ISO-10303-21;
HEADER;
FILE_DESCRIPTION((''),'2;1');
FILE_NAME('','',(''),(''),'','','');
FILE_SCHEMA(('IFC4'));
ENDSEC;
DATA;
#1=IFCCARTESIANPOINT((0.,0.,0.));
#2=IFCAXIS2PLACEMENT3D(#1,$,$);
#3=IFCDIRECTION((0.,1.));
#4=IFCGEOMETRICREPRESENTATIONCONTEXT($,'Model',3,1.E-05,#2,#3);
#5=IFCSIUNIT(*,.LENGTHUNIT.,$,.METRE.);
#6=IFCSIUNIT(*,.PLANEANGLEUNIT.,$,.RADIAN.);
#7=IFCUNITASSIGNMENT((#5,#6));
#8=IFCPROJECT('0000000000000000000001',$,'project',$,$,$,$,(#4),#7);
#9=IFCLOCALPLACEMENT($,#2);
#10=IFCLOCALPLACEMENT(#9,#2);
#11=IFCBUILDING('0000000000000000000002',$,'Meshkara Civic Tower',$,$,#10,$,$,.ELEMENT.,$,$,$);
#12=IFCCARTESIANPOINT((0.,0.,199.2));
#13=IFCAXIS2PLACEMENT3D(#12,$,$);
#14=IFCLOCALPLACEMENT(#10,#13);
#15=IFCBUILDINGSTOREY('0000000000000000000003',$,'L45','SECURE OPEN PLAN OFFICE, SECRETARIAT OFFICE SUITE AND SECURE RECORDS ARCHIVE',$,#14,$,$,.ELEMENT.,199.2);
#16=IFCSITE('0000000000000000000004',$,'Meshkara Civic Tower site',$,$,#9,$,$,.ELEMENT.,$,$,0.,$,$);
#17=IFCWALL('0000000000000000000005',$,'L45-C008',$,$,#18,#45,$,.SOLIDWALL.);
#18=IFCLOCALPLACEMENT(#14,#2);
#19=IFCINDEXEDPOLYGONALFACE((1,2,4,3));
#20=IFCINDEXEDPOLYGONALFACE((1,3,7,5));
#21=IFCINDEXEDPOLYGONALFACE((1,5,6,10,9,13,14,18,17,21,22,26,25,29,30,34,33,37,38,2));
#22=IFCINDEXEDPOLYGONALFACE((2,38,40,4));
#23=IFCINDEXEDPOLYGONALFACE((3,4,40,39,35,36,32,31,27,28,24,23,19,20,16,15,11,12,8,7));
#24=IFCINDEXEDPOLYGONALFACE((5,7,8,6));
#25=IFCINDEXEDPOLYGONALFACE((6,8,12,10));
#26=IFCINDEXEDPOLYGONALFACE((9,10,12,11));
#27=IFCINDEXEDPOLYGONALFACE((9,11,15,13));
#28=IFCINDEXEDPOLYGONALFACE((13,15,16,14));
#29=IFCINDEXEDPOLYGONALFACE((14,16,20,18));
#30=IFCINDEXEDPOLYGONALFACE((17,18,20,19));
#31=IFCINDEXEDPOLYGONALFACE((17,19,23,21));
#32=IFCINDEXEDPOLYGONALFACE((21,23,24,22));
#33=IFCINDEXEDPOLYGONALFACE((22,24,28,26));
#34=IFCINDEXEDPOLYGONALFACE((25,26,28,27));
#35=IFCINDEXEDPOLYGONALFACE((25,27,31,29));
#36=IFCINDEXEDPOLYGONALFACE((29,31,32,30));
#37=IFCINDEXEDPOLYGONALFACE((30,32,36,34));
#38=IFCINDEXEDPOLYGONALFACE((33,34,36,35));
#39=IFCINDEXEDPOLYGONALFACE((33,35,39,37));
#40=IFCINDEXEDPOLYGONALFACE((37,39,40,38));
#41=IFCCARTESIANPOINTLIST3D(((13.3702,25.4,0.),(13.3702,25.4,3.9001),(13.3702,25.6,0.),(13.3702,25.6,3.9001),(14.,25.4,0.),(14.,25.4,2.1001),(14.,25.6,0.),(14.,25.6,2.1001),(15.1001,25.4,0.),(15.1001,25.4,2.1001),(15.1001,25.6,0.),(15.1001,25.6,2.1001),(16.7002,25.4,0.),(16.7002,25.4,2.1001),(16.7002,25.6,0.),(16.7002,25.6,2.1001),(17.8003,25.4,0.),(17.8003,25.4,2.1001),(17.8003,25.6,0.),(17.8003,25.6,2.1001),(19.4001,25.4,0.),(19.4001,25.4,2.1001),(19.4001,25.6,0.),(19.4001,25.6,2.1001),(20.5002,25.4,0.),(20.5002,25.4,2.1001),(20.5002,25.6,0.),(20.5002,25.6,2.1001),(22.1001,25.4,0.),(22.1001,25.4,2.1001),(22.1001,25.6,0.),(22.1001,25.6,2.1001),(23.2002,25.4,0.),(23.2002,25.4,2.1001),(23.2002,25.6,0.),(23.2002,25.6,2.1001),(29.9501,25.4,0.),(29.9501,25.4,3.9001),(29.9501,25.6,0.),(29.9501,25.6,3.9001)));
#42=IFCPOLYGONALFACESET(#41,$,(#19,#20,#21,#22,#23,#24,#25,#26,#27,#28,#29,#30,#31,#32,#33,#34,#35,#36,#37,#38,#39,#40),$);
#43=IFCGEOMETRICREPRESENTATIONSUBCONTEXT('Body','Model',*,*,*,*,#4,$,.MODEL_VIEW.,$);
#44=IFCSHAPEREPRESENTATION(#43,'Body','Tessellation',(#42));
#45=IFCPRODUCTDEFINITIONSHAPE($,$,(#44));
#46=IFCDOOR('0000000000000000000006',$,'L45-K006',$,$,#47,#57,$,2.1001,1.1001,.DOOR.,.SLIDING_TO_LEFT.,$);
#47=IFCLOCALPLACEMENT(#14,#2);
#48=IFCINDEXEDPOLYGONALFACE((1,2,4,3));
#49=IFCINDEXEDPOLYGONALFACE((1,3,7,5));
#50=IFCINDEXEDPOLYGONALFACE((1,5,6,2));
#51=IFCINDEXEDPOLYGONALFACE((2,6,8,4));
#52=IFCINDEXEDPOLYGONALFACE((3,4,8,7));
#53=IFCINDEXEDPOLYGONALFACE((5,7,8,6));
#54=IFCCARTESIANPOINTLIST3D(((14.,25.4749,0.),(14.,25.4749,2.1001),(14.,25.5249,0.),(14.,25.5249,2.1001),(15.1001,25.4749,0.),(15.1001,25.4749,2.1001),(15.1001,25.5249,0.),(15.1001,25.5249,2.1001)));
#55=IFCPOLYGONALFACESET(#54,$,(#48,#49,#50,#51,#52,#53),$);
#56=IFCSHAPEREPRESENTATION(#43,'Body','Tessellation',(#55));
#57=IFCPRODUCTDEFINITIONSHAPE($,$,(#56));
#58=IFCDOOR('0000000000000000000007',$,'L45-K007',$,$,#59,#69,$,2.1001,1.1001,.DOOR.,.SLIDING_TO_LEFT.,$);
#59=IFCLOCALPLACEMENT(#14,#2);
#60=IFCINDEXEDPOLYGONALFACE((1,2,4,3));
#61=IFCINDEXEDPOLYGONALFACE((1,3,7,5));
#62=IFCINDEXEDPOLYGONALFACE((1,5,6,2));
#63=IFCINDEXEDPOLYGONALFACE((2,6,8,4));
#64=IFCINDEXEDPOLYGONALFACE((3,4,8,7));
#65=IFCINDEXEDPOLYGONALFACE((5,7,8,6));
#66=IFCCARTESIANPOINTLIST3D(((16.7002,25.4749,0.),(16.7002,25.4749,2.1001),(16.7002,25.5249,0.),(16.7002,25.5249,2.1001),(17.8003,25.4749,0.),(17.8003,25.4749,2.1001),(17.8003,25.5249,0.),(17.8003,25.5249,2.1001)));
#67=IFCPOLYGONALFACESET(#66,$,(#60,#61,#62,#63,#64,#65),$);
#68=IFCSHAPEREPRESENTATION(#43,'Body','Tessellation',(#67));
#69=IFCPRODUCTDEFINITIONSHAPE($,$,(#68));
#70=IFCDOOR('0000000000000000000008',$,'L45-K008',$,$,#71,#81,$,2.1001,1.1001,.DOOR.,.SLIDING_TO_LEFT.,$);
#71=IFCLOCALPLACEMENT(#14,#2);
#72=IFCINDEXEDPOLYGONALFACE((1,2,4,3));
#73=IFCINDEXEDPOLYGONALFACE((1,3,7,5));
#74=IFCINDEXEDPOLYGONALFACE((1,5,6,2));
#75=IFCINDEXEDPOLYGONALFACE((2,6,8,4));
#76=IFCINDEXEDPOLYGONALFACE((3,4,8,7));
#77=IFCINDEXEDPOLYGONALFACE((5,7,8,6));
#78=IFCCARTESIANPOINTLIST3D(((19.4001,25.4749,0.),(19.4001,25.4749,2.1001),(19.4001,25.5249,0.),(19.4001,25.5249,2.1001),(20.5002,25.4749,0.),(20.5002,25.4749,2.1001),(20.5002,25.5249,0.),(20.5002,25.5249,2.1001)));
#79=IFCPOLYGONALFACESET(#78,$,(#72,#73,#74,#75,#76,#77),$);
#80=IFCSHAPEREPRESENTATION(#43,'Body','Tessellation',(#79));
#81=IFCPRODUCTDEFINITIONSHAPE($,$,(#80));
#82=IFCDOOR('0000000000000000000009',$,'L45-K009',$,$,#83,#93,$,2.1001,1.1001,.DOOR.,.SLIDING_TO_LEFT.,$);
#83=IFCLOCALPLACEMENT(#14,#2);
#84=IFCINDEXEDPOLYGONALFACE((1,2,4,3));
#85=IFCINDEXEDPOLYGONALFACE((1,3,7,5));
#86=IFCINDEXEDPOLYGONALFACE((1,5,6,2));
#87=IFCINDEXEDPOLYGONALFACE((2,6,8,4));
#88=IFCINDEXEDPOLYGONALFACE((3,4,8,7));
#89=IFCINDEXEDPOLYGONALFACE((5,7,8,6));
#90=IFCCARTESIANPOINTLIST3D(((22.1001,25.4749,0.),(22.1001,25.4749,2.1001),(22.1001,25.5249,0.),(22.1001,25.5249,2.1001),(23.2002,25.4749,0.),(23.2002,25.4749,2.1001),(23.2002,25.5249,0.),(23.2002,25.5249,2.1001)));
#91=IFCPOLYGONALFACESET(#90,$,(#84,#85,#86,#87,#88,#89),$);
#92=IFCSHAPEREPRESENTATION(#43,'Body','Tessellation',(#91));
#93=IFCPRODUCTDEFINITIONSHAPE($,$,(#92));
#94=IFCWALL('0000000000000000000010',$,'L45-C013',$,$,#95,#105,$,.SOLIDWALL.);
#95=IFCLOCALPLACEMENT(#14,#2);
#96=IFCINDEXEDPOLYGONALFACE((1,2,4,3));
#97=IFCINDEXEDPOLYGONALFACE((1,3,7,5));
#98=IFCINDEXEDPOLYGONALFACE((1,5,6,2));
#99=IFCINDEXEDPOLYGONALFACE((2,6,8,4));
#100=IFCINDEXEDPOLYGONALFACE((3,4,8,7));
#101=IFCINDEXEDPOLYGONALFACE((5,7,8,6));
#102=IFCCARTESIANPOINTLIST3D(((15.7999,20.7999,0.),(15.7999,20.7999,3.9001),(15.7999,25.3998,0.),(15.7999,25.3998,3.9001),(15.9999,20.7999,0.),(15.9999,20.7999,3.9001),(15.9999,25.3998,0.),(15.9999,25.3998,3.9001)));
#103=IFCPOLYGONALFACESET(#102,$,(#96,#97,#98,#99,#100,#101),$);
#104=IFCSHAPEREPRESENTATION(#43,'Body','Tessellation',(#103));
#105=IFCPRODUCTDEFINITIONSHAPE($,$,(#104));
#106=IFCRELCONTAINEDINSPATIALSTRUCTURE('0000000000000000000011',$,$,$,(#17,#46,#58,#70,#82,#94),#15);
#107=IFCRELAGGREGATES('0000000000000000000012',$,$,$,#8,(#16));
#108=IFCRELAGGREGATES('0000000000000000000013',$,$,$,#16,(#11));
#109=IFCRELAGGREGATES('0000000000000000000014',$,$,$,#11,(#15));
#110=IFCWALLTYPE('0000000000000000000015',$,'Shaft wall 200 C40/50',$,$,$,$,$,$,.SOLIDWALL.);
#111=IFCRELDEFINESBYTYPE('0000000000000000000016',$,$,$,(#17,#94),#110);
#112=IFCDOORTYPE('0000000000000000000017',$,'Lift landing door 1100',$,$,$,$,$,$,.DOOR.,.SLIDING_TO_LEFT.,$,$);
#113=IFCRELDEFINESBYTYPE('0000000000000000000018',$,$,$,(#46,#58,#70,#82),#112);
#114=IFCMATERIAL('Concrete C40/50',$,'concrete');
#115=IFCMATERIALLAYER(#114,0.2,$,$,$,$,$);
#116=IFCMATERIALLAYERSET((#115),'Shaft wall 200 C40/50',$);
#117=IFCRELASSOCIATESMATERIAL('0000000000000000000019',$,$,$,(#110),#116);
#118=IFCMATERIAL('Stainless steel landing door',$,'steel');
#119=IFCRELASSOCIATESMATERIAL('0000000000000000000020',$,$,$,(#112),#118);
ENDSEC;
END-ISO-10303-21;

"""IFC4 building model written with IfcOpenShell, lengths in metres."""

from ifc_helpers import new_model, si_unit, direction, frame, frame_2d, origin, place, context, subcontext, project, spatial, rectangle, extrude, material, layer, layer_set, type_object, element, fill, save


model = new_model("IFC4")

# Units and contexts
model_context = context("Model", 3, precision=1e-05, world=origin(), true_north=direction((0.0, 1.0)))
body_context = subcontext(model_context, "Body", "Model", "MODEL_VIEW")
ifc_project = project(units=[si_unit("LENGTHUNIT", "METRE"), si_unit("PLANEANGLEUNIT", "RADIAN")], contexts=[model_context])

# Site, building, storey
site_placement = place(None, origin())
site = spatial("IfcSite", under=ifc_project, at=site_placement, Name="Meshkara Civic Tower site", CompositionType="ELEMENT", RefElevation=0.0)
building_placement = place(site_placement, origin())
building = spatial("IfcBuilding", under=site, at=building_placement, Name="Meshkara Civic Tower", CompositionType="ELEMENT")
storey_placement = place(building_placement, frame((0.0, 0.0, 199.2)))
storey = spatial("IfcBuildingStorey", under=building, at=storey_placement, Name="L45", Description="SECURE OPEN PLAN OFFICE, SECRETARIAT OFFICE SUITE AND SECURE RECORDS ARCHIVE", CompositionType="ELEMENT", Elevation=199.2)

# Wall, openings, doors
ifc_material_1 = material(Name="Concrete C40/50", Category="concrete")
ifc_layer_1 = layer(ifc_material_1, 0.2)
ifc_layer_set_1 = layer_set([ifc_layer_1], Name="Shaft wall 200 C40/50")
wall_type_1 = type_object("IfcWallType", Name="Shaft wall 200 C40/50", PredefinedType="SOLIDWALL", material=ifc_layer_set_1)
ifc_material_2 = material(Name="Stainless steel landing door", Category="steel")
door_type_1 = type_object("IfcDoorType", Name="Lift landing door 1100", OperationType="SLIDING_TO_LEFT", PredefinedType="DOOR", material=ifc_material_2)
wall_1_placement = place(storey_placement, frame((13.3701, 25.5, 0.0), z_axis=(0.0, 0.0, 1.0), x_axis=(1.0, 0.0, 0.0)))
wall_1 = element("IfcWall", 1, at=wall_1_placement, inside=storey, type_object=wall_type_1, Name="L45-C008", PredefinedType="SOLIDWALL", context=body_context, shape_type="SweptSolid", body=[
    extrude(rectangle(XDim=16.5798, YDim=0.2, at=frame_2d((8.29, 0.0))), origin(), (0.0, 0.0, 1.0), 3.9001),
])
opening_1_placement = place(wall_1_placement, frame((0.6299, 0.0, 0.0)))
opening_1 = element("IfcOpeningElement", 2, at=opening_1_placement, cuts=wall_1, PredefinedType="OPENING", context=body_context, shape_type="SweptSolid", body=[
    extrude(rectangle(XDim=1.1001, YDim=2.1001, at=frame_2d((0.55, 1.05))), frame((0.0, 0.1099, 0.0), z_axis=(0.0, -1.0, 0.0), x_axis=(1.0, 0.0, 0.0)), (0.0, 0.0, 1.0), 0.22),
])
opening_2_placement = place(wall_1_placement, frame((3.3301, 0.0, 0.0)))
opening_2 = element("IfcOpeningElement", 3, at=opening_2_placement, cuts=wall_1, PredefinedType="OPENING", context=body_context, shape_type="SweptSolid", body=[
    extrude(rectangle(XDim=1.1001, YDim=2.1001, at=frame_2d((0.55, 1.05))), frame((0.0, 0.1099, 0.0), z_axis=(0.0, -1.0, 0.0), x_axis=(1.0, 0.0, 0.0)), (0.0, 0.0, 1.0), 0.22),
])
opening_3_placement = place(wall_1_placement, frame((6.03, 0.0, 0.0)))
opening_3 = element("IfcOpeningElement", 4, at=opening_3_placement, cuts=wall_1, PredefinedType="OPENING", context=body_context, shape_type="SweptSolid", body=[
    extrude(rectangle(XDim=1.1001, YDim=2.1001, at=frame_2d((0.55, 1.05))), frame((0.0, 0.1099, 0.0), z_axis=(0.0, -1.0, 0.0), x_axis=(1.0, 0.0, 0.0)), (0.0, 0.0, 1.0), 0.22),
])
opening_4_placement = place(wall_1_placement, frame((8.73, 0.0, 0.0)))
opening_4 = element("IfcOpeningElement", 5, at=opening_4_placement, cuts=wall_1, PredefinedType="OPENING", context=body_context, shape_type="SweptSolid", body=[
    extrude(rectangle(XDim=1.1001, YDim=2.1001, at=frame_2d((0.55, 1.05))), frame((0.0, 0.1099, 0.0), z_axis=(0.0, -1.0, 0.0), x_axis=(1.0, 0.0, 0.0)), (0.0, 0.0, 1.0), 0.22),
])
door_1_placement = place(opening_1_placement, origin())
door_1 = element("IfcDoor", 6, at=door_1_placement, inside=storey, type_object=door_type_1, Name="L45-K006", OperationType="SLIDING_TO_LEFT", OverallHeight=2.1001, OverallWidth=1.1001, PredefinedType="DOOR", context=body_context, shape_type="SweptSolid", body=[
    extrude(rectangle(XDim=1.1001, YDim=2.1001, at=frame_2d((0.55, 1.05))), frame((0.0, 0.0249, 0.0), z_axis=(0.0, -1.0, 0.0), x_axis=(1.0, 0.0, 0.0)), (0.0, 0.0, 1.0), 0.05),
])
fill(opening_1, door_1)
door_2_placement = place(opening_2_placement, origin())
door_2 = element("IfcDoor", 7, at=door_2_placement, inside=storey, type_object=door_type_1, Name="L45-K007", OperationType="SLIDING_TO_LEFT", OverallHeight=2.1001, OverallWidth=1.1001, PredefinedType="DOOR", context=body_context, shape_type="SweptSolid", body=[
    extrude(rectangle(XDim=1.1001, YDim=2.1001, at=frame_2d((0.55, 1.05))), frame((0.0, 0.0249, 0.0), z_axis=(0.0, -1.0, 0.0), x_axis=(1.0, 0.0, 0.0)), (0.0, 0.0, 1.0), 0.05),
])
fill(opening_2, door_2)
door_3_placement = place(opening_3_placement, origin())
door_3 = element("IfcDoor", 8, at=door_3_placement, inside=storey, type_object=door_type_1, Name="L45-K008", OperationType="SLIDING_TO_LEFT", OverallHeight=2.1001, OverallWidth=1.1001, PredefinedType="DOOR", context=body_context, shape_type="SweptSolid", body=[
    extrude(rectangle(XDim=1.1001, YDim=2.1001, at=frame_2d((0.55, 1.05))), frame((0.0, 0.0249, 0.0), z_axis=(0.0, -1.0, 0.0), x_axis=(1.0, 0.0, 0.0)), (0.0, 0.0, 1.0), 0.05),
])
fill(opening_3, door_3)
door_4_placement = place(opening_4_placement, origin())
door_4 = element("IfcDoor", 9, at=door_4_placement, inside=storey, type_object=door_type_1, Name="L45-K009", OperationType="SLIDING_TO_LEFT", OverallHeight=2.1001, OverallWidth=1.1001, PredefinedType="DOOR", context=body_context, shape_type="SweptSolid", body=[
    extrude(rectangle(XDim=1.1001, YDim=2.1001, at=frame_2d((0.55, 1.05))), frame((0.0, 0.0249, 0.0), z_axis=(0.0, -1.0, 0.0), x_axis=(1.0, 0.0, 0.0)), (0.0, 0.0, 1.0), 0.05),
])
fill(opening_4, door_4)

# Wall
wall_2_placement = place(storey_placement, frame((15.8999, 20.8, 0.0), z_axis=(0.0, 0.0, 1.0), x_axis=(0.0, 1.0, 0.0)))
element("IfcWall", 10, at=wall_2_placement, inside=storey, type_object=wall_type_1, Name="L45-C013", PredefinedType="SOLIDWALL", context=body_context, shape_type="SweptSolid", body=[
    extrude(rectangle(XDim=4.5999, YDim=0.2, at=frame_2d((2.2998, 0.0))), origin(), (0.0, 0.0, 1.0), 3.9001),
])

save(model, "model.ifc")
